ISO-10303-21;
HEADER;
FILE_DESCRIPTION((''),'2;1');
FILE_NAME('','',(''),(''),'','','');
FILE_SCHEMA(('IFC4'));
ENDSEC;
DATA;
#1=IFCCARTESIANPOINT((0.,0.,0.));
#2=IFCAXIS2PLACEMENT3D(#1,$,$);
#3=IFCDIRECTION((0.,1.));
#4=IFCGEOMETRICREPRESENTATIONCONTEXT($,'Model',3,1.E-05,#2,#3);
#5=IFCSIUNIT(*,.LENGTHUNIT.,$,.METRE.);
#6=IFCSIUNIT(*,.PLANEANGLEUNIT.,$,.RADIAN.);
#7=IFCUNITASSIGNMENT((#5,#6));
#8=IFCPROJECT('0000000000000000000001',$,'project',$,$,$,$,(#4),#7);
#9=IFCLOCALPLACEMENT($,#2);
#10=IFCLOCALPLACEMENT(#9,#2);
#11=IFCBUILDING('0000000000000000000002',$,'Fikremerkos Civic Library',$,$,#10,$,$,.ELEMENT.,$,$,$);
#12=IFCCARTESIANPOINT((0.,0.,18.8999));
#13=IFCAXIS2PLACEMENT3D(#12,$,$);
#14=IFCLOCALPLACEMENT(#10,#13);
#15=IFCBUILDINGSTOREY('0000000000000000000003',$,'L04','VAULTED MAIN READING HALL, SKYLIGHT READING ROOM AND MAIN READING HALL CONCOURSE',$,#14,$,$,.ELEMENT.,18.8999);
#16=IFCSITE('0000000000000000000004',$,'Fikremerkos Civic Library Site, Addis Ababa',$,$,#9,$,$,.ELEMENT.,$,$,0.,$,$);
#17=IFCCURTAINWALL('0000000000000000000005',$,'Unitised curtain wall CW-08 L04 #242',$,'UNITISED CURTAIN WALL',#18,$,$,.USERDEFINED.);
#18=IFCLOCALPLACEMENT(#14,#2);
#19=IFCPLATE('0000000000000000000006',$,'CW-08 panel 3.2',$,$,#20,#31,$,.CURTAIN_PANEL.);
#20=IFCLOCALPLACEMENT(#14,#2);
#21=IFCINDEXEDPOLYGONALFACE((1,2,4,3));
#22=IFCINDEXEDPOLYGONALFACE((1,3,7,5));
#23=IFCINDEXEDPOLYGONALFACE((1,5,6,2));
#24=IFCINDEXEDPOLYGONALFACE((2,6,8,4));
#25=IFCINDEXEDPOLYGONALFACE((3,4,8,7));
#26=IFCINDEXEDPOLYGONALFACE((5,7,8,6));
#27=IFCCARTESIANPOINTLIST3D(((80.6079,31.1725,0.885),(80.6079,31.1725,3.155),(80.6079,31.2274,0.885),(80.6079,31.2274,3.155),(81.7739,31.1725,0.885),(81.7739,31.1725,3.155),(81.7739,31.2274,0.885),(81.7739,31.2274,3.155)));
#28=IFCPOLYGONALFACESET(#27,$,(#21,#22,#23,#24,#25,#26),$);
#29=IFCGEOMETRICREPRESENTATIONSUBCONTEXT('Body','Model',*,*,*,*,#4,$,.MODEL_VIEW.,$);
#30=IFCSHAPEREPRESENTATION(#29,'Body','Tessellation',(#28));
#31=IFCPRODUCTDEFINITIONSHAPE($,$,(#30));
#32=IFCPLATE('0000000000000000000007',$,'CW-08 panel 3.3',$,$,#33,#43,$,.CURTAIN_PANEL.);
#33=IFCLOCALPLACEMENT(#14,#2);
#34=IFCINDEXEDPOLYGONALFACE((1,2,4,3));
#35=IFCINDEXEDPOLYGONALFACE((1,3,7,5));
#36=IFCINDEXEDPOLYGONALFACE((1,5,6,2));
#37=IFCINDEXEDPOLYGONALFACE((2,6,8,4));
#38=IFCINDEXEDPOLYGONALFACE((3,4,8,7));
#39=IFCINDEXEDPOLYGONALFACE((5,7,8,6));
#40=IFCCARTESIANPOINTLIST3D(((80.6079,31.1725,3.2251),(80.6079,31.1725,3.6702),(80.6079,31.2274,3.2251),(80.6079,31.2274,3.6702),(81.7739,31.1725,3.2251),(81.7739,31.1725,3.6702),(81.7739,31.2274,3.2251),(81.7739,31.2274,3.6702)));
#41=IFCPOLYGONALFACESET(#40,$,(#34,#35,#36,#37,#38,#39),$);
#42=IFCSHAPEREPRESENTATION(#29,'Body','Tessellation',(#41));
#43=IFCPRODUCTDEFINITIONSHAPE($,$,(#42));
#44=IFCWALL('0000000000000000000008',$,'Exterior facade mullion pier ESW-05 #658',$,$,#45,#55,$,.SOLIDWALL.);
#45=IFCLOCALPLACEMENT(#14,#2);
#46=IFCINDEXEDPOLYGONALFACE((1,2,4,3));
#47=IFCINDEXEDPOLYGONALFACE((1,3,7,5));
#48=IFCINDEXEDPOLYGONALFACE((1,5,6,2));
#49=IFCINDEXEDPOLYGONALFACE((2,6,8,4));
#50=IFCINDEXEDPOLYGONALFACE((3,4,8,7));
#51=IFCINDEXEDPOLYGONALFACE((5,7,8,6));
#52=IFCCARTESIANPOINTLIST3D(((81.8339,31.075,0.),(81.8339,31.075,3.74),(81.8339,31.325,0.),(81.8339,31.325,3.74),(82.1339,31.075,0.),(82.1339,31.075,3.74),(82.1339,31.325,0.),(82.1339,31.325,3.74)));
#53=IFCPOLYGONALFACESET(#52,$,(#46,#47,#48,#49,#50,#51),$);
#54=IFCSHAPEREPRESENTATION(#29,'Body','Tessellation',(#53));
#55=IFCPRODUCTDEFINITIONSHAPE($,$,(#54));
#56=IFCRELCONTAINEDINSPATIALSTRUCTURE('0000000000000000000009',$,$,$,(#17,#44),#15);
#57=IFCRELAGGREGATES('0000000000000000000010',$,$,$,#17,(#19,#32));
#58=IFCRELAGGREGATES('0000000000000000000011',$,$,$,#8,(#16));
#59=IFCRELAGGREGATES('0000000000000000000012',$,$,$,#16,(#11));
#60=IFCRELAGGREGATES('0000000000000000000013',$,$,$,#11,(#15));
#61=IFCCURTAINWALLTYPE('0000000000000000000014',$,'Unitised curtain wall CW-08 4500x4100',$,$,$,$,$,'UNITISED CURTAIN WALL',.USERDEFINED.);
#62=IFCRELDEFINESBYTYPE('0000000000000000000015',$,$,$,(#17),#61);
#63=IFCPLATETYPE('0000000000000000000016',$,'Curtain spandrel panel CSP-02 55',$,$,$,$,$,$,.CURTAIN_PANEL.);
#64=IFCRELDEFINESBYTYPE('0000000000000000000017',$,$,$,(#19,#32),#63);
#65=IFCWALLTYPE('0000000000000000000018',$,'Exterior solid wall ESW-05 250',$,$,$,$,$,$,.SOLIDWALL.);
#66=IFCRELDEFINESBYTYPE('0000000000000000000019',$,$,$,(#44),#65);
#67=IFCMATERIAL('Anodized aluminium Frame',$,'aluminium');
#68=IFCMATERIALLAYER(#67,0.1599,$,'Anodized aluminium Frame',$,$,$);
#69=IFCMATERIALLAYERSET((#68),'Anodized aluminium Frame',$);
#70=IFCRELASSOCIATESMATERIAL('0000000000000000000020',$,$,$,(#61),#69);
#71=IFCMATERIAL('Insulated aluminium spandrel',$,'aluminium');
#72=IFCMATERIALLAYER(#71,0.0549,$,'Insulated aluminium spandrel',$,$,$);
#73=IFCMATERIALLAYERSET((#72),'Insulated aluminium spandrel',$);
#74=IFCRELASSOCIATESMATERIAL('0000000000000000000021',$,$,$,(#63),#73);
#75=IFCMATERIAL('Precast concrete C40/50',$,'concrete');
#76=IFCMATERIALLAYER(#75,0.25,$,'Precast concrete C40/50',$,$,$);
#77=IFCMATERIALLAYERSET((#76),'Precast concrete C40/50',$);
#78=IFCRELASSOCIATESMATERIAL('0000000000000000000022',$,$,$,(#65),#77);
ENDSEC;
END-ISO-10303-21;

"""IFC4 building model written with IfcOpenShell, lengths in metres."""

from ifc_helpers import new_model, si_unit, direction, frame, frame_2d, origin, origin_2d, place, context, subcontext, project, spatial, rectangle, extrude, material, layer, layer_set, type_object, element, aggregate, save


model = new_model("IFC4")

# Units and contexts
model_context = context("Model", 3, precision=1e-05, world=origin(), true_north=direction((0.0, 1.0)))
body_context = subcontext(model_context, "Body", "Model", "MODEL_VIEW")
ifc_project = project(units=[si_unit("LENGTHUNIT", "METRE"), si_unit("PLANEANGLEUNIT", "RADIAN")], contexts=[model_context])

# Site, building, storey
site_placement = place(None, origin())
site = spatial("IfcSite", under=ifc_project, at=site_placement, Name="Fikremerkos Civic Library Site, Addis Ababa", CompositionType="ELEMENT", RefElevation=0.0)
building_placement = place(site_placement, origin())
building = spatial("IfcBuilding", under=site, at=building_placement, Name="Fikremerkos Civic Library", CompositionType="ELEMENT")
storey_placement = place(building_placement, frame((0.0, 0.0, 18.8999)))
storey = spatial("IfcBuildingStorey", under=building, at=storey_placement, Name="L04", Description="VAULTED MAIN READING HALL, SKYLIGHT READING ROOM AND MAIN READING HALL CONCOURSE", CompositionType="ELEMENT", Elevation=18.8999)

# Curtain wall
ifc_material_1 = material(Name="Anodized aluminium Frame", Category="aluminium")
ifc_layer_1 = layer(ifc_material_1, 0.1599, Name="Anodized aluminium Frame")
ifc_layer_set_1 = layer_set([ifc_layer_1], Name="Anodized aluminium Frame")
curtain_wall_type_1 = type_object("IfcCurtainWallType", Name="Unitised curtain wall CW-08 4500x4100", ElementType="UNITISED CURTAIN WALL", PredefinedType="USERDEFINED", material=ifc_layer_set_1)
curtain_wall_1_placement = place(storey_placement, origin())
curtain_wall_1 = element("IfcCurtainWall", 1, at=curtain_wall_1_placement, inside=storey, type_object=curtain_wall_type_1, Name="Unitised curtain wall CW-08 L04 #242", ObjectType="UNITISED CURTAIN WALL", PredefinedType="USERDEFINED")

# Plates
ifc_material_2 = material(Name="Insulated aluminium spandrel", Category="aluminium")
ifc_layer_2 = layer(ifc_material_2, 0.0549, Name="Insulated aluminium spandrel")
ifc_layer_set_2 = layer_set([ifc_layer_2], Name="Insulated aluminium spandrel")
plate_type_1 = type_object("IfcPlateType", Name="Curtain spandrel panel CSP-02 55", PredefinedType="CURTAIN_PANEL", material=ifc_layer_set_2)
plate_1_placement = place(storey_placement, frame((81.1909, 31.2, 0.885), z_axis=(0.0, 0.0, 1.0), x_axis=(1.0, 0.0, 0.0)))
plate_1 = element("IfcPlate", 2, at=plate_1_placement, type_object=plate_type_1, Name="CW-08 panel 3.2", PredefinedType="CURTAIN_PANEL", context=body_context, shape_type="SweptSolid", body=[
    extrude(rectangle(XDim=1.166, YDim=0.0549, at=origin_2d()), origin(), (0.0, 0.0, 1.0), 2.27),
])
plate_2_placement = place(storey_placement, frame((81.1909, 31.2, 3.2251), z_axis=(0.0, 0.0, 1.0), x_axis=(1.0, 0.0, 0.0)))
plate_2 = element("IfcPlate", 3, at=plate_2_placement, type_object=plate_type_1, Name="CW-08 panel 3.3", PredefinedType="CURTAIN_PANEL", context=body_context, shape_type="SweptSolid", body=[
    extrude(rectangle(XDim=1.166, YDim=0.0549, at=origin_2d()), origin(), (0.0, 0.0, 1.0), 0.4451),
])
aggregate(curtain_wall_1, [plate_1, plate_2])

# Wall
ifc_material_3 = material(Name="Precast concrete C40/50", Category="concrete")
ifc_layer_3 = layer(ifc_material_3, 0.25, Name="Precast concrete C40/50")
ifc_layer_set_3 = layer_set([ifc_layer_3], Name="Precast concrete C40/50")
wall_type = type_object("IfcWallType", Name="Exterior solid wall ESW-05 250", PredefinedType="SOLIDWALL", material=ifc_layer_set_3)
wall_placement = place(storey_placement, frame((81.834, 31.2, 0.0), z_axis=(0.0, 0.0, 1.0), x_axis=(1.0, 0.0, 0.0)))
element("IfcWall", 4, at=wall_placement, inside=storey, type_object=wall_type, Name="Exterior facade mullion pier ESW-05 #658", PredefinedType="SOLIDWALL", context=body_context, shape_type="SweptSolid", body=[
    extrude(rectangle(XDim=0.3, YDim=0.25, at=frame_2d((0.1499, 0.0))), origin(), (0.0, 0.0, 1.0), 3.74),
])

save(model, "model.ifc")
